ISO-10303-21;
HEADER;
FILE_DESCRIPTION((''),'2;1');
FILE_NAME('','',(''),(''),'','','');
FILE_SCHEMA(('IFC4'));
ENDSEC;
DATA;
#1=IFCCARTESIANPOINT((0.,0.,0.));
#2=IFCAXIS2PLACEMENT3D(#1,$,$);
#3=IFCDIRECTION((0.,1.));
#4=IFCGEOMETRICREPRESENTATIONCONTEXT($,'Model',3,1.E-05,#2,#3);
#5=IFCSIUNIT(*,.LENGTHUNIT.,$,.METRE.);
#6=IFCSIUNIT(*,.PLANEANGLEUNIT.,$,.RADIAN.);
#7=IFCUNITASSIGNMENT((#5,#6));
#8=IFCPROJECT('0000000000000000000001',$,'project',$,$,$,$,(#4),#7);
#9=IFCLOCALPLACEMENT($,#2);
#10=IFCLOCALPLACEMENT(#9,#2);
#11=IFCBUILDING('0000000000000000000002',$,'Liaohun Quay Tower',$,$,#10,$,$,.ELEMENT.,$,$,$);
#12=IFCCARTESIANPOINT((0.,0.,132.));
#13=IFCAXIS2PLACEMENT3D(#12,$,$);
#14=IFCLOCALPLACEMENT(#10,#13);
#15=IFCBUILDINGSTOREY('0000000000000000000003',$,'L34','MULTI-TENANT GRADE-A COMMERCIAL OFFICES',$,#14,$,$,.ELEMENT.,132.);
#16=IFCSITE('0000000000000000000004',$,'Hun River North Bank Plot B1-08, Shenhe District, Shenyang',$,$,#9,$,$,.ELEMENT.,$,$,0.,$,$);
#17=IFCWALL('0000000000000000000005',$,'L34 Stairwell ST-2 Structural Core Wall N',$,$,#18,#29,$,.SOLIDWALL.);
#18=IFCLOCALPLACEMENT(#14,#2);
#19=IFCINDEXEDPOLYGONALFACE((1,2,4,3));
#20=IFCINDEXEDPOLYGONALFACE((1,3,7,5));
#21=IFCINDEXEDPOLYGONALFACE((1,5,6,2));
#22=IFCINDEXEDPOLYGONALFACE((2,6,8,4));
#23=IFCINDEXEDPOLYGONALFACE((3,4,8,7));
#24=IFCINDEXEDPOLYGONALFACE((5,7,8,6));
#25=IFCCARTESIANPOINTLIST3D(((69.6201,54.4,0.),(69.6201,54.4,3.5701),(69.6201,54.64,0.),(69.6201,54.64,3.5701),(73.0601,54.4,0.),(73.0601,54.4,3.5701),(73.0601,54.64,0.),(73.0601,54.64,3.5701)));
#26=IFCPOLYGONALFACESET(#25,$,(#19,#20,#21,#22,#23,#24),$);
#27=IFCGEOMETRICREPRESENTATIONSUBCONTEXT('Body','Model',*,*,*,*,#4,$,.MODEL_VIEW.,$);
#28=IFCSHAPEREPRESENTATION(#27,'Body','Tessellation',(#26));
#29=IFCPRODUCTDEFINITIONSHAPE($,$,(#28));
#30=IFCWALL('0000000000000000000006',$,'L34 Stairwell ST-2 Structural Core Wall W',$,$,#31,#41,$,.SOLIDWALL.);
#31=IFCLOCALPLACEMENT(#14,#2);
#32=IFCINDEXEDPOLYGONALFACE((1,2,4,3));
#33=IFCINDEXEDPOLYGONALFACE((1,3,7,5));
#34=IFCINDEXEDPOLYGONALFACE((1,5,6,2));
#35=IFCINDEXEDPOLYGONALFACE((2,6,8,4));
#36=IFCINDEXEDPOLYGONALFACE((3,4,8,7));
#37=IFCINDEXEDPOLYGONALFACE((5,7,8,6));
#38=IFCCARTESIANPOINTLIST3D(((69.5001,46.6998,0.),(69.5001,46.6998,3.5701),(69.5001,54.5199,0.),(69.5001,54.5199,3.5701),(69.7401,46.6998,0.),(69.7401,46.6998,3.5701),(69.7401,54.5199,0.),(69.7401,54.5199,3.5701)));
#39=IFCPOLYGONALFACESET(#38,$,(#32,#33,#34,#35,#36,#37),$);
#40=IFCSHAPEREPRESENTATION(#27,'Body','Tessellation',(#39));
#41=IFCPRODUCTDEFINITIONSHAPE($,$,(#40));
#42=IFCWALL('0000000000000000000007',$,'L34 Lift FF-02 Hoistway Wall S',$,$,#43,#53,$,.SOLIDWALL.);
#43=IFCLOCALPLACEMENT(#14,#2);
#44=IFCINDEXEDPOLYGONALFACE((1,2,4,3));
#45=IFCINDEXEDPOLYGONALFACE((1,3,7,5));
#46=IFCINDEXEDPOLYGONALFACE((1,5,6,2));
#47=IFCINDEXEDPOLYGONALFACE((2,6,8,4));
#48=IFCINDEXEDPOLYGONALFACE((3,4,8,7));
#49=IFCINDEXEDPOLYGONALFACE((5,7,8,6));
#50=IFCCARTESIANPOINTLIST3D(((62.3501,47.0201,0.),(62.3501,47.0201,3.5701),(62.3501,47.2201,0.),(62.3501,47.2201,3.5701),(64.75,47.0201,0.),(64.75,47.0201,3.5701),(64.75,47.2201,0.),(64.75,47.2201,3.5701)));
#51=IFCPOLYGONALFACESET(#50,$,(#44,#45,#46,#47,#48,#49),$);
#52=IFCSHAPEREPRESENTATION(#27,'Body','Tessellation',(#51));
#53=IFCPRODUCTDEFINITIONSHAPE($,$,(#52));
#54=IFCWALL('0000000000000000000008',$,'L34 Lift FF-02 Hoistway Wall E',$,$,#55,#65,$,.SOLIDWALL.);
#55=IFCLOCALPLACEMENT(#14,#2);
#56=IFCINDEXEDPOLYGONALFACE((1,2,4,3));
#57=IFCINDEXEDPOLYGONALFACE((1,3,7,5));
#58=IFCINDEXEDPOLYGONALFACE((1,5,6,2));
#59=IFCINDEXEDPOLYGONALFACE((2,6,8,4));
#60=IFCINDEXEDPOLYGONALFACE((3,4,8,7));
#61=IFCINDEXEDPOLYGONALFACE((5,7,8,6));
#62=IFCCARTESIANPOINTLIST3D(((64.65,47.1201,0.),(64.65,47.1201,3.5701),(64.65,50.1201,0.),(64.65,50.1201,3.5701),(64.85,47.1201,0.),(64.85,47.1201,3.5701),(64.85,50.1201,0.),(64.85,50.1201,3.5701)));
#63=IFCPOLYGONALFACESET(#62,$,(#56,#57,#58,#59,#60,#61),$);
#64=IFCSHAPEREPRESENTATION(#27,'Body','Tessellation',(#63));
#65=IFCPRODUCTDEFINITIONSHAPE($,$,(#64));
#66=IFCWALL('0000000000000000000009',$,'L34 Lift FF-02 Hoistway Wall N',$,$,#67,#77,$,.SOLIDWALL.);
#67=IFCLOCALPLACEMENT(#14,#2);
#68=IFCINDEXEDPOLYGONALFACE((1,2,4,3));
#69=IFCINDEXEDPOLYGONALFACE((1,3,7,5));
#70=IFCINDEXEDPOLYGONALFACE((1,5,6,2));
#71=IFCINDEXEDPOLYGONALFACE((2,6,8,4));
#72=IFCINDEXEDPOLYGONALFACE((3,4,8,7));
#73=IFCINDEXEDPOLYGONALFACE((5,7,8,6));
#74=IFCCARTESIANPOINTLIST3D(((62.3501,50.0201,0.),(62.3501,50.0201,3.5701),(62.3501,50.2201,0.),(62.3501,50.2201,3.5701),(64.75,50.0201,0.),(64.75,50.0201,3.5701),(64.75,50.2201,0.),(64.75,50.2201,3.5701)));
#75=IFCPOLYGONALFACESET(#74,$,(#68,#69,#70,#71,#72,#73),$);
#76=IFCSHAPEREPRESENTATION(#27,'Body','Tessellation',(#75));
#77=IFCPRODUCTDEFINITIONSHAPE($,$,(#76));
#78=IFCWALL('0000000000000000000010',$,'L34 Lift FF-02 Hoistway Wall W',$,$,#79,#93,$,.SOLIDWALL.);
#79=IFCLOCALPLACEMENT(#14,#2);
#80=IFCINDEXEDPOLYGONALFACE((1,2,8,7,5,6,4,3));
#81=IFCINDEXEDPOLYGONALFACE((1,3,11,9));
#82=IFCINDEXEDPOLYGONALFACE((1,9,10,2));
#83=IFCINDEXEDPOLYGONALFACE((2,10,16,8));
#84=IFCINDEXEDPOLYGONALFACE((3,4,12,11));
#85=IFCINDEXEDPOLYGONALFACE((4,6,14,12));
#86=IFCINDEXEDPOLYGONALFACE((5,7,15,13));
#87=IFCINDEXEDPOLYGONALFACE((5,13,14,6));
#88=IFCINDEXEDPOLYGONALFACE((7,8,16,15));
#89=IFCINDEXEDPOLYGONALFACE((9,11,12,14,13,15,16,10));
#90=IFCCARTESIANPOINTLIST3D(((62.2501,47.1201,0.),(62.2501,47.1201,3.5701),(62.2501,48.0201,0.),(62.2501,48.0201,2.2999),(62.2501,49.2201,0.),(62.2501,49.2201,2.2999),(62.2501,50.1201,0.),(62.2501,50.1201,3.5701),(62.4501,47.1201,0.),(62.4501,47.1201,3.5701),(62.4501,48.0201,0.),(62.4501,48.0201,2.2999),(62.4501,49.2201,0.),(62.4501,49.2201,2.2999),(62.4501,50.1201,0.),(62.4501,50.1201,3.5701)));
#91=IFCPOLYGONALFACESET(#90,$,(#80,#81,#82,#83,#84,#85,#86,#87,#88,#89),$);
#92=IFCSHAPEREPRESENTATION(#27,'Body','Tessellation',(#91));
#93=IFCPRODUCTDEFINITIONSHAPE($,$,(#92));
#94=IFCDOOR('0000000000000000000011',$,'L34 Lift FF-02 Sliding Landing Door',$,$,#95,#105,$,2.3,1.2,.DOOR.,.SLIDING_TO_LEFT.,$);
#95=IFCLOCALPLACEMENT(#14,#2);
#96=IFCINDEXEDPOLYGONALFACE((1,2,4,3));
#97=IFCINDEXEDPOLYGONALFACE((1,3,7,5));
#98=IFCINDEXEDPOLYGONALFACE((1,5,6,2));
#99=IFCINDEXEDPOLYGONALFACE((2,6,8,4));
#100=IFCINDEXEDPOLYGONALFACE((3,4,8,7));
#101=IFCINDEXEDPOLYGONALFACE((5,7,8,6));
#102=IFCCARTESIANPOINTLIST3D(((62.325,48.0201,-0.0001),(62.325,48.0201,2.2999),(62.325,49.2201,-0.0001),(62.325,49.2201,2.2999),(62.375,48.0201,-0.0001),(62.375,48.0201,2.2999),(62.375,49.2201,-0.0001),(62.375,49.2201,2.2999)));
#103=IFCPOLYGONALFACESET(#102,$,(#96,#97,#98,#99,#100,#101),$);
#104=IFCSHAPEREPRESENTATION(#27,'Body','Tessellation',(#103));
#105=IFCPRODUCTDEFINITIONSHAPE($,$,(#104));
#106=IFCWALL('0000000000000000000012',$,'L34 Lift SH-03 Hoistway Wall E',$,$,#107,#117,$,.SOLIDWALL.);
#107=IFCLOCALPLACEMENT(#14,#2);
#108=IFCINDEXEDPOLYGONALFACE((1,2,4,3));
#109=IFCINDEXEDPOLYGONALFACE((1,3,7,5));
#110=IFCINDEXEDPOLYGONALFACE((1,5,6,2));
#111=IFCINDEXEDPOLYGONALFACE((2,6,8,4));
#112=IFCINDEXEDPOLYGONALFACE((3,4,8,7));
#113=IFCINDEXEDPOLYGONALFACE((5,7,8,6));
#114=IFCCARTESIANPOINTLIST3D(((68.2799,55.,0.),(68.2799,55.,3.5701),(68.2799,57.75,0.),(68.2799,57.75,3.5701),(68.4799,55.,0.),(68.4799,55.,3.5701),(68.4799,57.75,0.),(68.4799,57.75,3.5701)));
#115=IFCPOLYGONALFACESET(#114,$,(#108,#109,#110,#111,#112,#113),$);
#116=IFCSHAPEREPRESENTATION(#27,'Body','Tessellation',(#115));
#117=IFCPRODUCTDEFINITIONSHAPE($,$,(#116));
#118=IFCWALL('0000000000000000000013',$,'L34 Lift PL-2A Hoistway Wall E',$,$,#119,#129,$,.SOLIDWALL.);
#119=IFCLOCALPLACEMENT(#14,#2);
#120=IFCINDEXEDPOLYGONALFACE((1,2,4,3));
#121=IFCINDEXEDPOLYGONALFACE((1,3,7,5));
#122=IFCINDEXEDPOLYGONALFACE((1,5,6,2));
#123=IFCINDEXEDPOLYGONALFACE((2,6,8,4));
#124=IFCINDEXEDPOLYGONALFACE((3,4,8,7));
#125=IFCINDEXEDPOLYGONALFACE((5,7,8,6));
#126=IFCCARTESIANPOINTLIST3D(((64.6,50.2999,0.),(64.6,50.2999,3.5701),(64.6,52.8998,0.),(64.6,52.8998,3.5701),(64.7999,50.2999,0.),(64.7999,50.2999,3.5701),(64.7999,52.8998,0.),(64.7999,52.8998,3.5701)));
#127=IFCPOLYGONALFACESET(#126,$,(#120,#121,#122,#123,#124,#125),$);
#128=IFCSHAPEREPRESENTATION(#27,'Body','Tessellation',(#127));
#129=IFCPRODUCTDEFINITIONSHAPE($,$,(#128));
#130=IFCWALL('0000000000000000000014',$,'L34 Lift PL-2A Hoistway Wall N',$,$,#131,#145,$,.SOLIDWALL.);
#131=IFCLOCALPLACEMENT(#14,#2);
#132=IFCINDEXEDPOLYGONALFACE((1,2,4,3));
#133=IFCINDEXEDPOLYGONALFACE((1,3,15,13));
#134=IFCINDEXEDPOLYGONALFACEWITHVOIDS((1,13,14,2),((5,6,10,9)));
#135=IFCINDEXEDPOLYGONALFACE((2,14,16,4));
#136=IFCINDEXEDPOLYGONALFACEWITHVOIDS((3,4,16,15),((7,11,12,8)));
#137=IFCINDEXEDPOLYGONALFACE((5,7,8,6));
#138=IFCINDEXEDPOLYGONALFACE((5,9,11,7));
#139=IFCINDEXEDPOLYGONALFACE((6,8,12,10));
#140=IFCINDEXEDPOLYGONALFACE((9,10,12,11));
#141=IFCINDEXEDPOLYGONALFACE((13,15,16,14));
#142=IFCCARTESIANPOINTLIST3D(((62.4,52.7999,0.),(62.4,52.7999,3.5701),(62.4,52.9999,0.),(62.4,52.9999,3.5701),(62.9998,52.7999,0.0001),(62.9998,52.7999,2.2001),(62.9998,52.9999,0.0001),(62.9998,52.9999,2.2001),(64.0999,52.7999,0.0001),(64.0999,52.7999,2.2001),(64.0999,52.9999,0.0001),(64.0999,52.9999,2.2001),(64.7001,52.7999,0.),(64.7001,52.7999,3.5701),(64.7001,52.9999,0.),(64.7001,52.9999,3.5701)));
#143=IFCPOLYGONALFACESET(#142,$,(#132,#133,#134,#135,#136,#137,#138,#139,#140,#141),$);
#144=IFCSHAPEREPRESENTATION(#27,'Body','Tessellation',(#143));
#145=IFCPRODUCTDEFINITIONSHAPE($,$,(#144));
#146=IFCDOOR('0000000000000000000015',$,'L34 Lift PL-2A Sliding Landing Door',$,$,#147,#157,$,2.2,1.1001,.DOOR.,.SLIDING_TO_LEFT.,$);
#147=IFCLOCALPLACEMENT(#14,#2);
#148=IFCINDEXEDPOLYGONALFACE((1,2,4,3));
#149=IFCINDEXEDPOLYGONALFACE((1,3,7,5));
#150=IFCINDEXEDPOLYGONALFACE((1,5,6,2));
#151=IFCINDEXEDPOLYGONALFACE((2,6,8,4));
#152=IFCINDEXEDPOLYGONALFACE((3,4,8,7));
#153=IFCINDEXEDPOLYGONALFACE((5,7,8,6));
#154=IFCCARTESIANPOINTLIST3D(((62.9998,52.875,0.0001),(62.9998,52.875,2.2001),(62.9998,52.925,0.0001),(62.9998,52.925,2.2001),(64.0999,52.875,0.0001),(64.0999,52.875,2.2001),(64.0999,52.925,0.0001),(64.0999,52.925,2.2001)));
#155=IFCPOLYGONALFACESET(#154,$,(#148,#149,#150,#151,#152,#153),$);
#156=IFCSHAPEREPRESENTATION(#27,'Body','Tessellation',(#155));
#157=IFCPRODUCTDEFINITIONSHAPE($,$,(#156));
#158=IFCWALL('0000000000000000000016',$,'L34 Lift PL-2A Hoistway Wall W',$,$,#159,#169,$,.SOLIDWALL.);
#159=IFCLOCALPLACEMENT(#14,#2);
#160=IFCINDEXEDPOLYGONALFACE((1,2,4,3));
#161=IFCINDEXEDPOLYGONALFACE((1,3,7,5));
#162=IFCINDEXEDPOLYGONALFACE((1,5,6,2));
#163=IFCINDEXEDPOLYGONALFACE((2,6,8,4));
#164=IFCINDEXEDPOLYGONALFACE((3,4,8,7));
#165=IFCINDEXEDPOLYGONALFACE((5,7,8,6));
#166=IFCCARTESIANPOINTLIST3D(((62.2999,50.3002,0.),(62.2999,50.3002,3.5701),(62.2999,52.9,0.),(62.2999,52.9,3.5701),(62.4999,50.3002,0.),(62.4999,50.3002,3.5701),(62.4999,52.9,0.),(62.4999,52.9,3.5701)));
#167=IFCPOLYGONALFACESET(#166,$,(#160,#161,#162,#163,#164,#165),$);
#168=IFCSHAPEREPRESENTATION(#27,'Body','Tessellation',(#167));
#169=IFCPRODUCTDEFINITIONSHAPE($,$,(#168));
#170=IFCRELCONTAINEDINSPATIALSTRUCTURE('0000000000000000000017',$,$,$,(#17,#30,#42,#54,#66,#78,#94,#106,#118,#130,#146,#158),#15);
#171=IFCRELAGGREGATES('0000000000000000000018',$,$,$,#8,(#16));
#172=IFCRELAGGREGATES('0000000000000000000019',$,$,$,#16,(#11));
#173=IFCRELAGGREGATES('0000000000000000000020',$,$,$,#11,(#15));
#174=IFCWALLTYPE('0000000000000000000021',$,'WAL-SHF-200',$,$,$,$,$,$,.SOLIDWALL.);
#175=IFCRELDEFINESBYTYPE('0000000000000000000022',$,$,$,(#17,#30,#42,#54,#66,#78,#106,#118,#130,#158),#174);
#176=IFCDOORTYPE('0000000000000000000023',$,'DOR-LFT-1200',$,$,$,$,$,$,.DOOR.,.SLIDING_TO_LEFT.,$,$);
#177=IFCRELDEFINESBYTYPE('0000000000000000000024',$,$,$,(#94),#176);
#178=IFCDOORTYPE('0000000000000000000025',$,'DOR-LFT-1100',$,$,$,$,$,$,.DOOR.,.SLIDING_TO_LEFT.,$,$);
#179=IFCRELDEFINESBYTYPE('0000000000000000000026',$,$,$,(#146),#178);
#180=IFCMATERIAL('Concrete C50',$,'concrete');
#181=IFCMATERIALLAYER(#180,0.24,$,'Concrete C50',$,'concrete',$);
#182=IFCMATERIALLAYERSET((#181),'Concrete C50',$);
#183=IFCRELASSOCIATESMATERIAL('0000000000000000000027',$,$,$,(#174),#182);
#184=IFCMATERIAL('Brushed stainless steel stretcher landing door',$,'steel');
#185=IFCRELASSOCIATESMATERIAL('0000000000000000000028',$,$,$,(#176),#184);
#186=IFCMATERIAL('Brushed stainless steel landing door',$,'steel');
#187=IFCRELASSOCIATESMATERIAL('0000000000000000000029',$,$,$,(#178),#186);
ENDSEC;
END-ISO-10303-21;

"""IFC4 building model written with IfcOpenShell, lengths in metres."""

from ifc_helpers import new_model, si_unit, direction, frame, frame_2d, origin, place, context, subcontext, project, spatial, rectangle, extrude, source, transform, mapped, material, layer, layer_set, type_object, element, fill, save


model = new_model("IFC4")

# Units and contexts
model_context = context("Model", 3, precision=1e-05, world=origin(), true_north=direction((0.0, 1.0)))
body_context = subcontext(model_context, "Body", "Model", "MODEL_VIEW")
ifc_project = project(units=[si_unit("LENGTHUNIT", "METRE"), si_unit("PLANEANGLEUNIT", "RADIAN")], contexts=[model_context])

# Site, building, storey
site_placement = place(None, origin())
site = spatial("IfcSite", under=ifc_project, at=site_placement, Name="Hun River North Bank Plot B1-08, Shenhe District, Shenyang", CompositionType="ELEMENT", RefElevation=0.0)
building_placement = place(site_placement, origin())
building = spatial("IfcBuilding", under=site, at=building_placement, Name="Liaohun Quay Tower", CompositionType="ELEMENT")
storey_placement = place(building_placement, frame((0.0, 0.0, 132.0)))
storey = spatial("IfcBuildingStorey", under=building, at=storey_placement, Name="L34", Description="MULTI-TENANT GRADE-A COMMERCIAL OFFICES", CompositionType="ELEMENT", Elevation=132.0)

# Walls
ifc_material_1 = material(Name="Concrete C50", Category="concrete")
ifc_layer_1 = layer(ifc_material_1, 0.24, Name="Concrete C50", Category="concrete")
ifc_layer_set_1 = layer_set([ifc_layer_1], Name="Concrete C50")
wall_type_1 = type_object("IfcWallType", Name="WAL-SHF-200", PredefinedType="SOLIDWALL", material=ifc_layer_set_1)
wall_1_placement = place(storey_placement, frame((73.0601, 54.52, 0.0), z_axis=(0.0, 0.0, 1.0), x_axis=(-1.0, 0.0, 0.0)))
element("IfcWall", 1, at=wall_1_placement, inside=storey, type_object=wall_type_1, Name="L34 Stairwell ST-2 Structural Core Wall N", PredefinedType="SOLIDWALL", context=body_context, shape_type="SweptSolid", body=[
    extrude(rectangle(XDim=3.4399, YDim=0.24, at=frame_2d((1.72, 0.0))), origin(), (0.0, 0.0, 1.0), 3.5701),
])
wall_2_placement = place(storey_placement, frame((69.6201, 54.52, 0.0), z_axis=(0.0, 0.0, 1.0), x_axis=(0.0, -1.0, 0.0)))
element("IfcWall", 2, at=wall_2_placement, inside=storey, type_object=wall_type_1, Name="L34 Stairwell ST-2 Structural Core Wall W", PredefinedType="SOLIDWALL", context=body_context, shape_type="SweptSolid", body=[
    extrude(rectangle(XDim=7.8201, YDim=0.24, at=frame_2d((3.9102, 0.0))), origin(), (0.0, 0.0, 1.0), 3.5701),
])
wall_3_placement = place(storey_placement, frame((62.3501, 47.1201, 0.0), z_axis=(0.0, 0.0, 1.0), x_axis=(1.0, 0.0, 0.0)))
element("IfcWall", 3, at=wall_3_placement, inside=storey, type_object=wall_type_1, Name="L34 Lift FF-02 Hoistway Wall S", PredefinedType="SOLIDWALL", context=body_context, shape_type="SweptSolid", body=[
    extrude(rectangle(XDim=2.3999, YDim=0.2, at=frame_2d((1.2, 0.0))), origin(), (0.0, 0.0, 1.0), 3.5701),
])
wall_4_placement = place(storey_placement, frame((64.75, 47.1201, 0.0), z_axis=(0.0, 0.0, 1.0), x_axis=(0.0, 1.0, 0.0)))
element("IfcWall", 4, at=wall_4_placement, inside=storey, type_object=wall_type_1, Name="L34 Lift FF-02 Hoistway Wall E", PredefinedType="SOLIDWALL", context=body_context, shape_type="SweptSolid", body=[
    extrude(rectangle(XDim=3.0, YDim=0.2, at=frame_2d((1.5, 0.0))), origin(), (0.0, 0.0, 1.0), 3.5701),
])
wall_5_placement = place(storey_placement, frame((64.75, 50.1201, 0.0), z_axis=(0.0, 0.0, 1.0), x_axis=(-1.0, 0.0, 0.0)))
element("IfcWall", 5, at=wall_5_placement, inside=storey, type_object=wall_type_1, Name="L34 Lift FF-02 Hoistway Wall N", PredefinedType="SOLIDWALL", context=body_context, shape_type="SweptSolid", body=[
    extrude(rectangle(XDim=2.3999, YDim=0.2, at=frame_2d((1.2, 0.0))), origin(), (0.0, 0.0, 1.0), 3.5701),
])

# Wall, opening, door
wall_6_placement = place(storey_placement, frame((62.3501, 50.1201, 0.0), z_axis=(0.0, 0.0, 1.0), x_axis=(0.0, -1.0, 0.0)))
wall_6 = element("IfcWall", 6, at=wall_6_placement, inside=storey, type_object=wall_type_1, Name="L34 Lift FF-02 Hoistway Wall W", PredefinedType="SOLIDWALL", context=body_context, shape_type="SweptSolid", body=[
    extrude(rectangle(XDim=3.0, YDim=0.2, at=frame_2d((1.5, 0.0))), origin(), (0.0, 0.0, 1.0), 3.5701),
])
shared_shape_1 = source(origin(), body_context, "Body", "SweptSolid", [
    extrude(rectangle(XDim=1.2, YDim=2.3, at=frame_2d((0.6001, 1.1499))), frame((0.0, 0.1099, 0.0), z_axis=(0.0, -1.0, 0.0), x_axis=(1.0, 0.0, 0.0)), (0.0, 0.0, 1.0), 0.22),
])
opening_1_placement = place(wall_6_placement, frame((0.8999, 0.0, 0.0)))
opening_1 = element("IfcOpeningElement", 7, at=opening_1_placement, cuts=wall_6, PredefinedType="OPENING", context=body_context, shape_type="MappedRepresentation", body=[
    mapped(shared_shape_1, transform((0.0, 0.0, 0.0), x_axis=(1.0, 0.0, 0.0), y_axis=(0.0, 1.0, 0.0), z_axis=(0.0, 0.0, 1.0), scale=1.0)),
])
ifc_material_2 = material(Name="Brushed stainless steel stretcher landing door", Category="steel")
door_type_1 = type_object("IfcDoorType", Name="DOR-LFT-1200", OperationType="SLIDING_TO_LEFT", PredefinedType="DOOR", material=ifc_material_2)
shared_shape_2 = source(origin(), body_context, "Body", "SweptSolid", [
    extrude(rectangle(XDim=1.2, YDim=2.3, at=frame_2d((0.6001, 1.1499))), frame((0.0, 0.0249, 0.0), z_axis=(0.0, -1.0, 0.0), x_axis=(1.0, 0.0, 0.0)), (0.0, 0.0, 1.0), 0.05),
])
door_1_placement = place(opening_1_placement, origin())
door_1 = element("IfcDoor", 8, at=door_1_placement, inside=storey, type_object=door_type_1, Name="L34 Lift FF-02 Sliding Landing Door", OperationType="SLIDING_TO_LEFT", OverallHeight=2.3, OverallWidth=1.2, PredefinedType="DOOR", context=body_context, shape_type="MappedRepresentation", body=[
    mapped(shared_shape_2, transform((0.0, 0.0, 0.0), x_axis=(1.0, 0.0, 0.0), y_axis=(0.0, 1.0, 0.0), z_axis=(0.0, 0.0, 1.0), scale=1.0)),
])
fill(opening_1, door_1)

# Walls
wall_7_placement = place(storey_placement, frame((68.3799, 55.0, 0.0), z_axis=(0.0, 0.0, 1.0), x_axis=(0.0, 1.0, 0.0)))
element("IfcWall", 9, at=wall_7_placement, inside=storey, type_object=wall_type_1, Name="L34 Lift SH-03 Hoistway Wall E", PredefinedType="SOLIDWALL", context=body_context, shape_type="SweptSolid", body=[
    extrude(rectangle(XDim=2.75, YDim=0.2, at=frame_2d((1.375, 0.0))), origin(), (0.0, 0.0, 1.0), 3.5701),
])
wall_8_placement = place(storey_placement, frame((64.7, 50.3, 0.0), z_axis=(0.0, 0.0, 1.0), x_axis=(0.0, 1.0, 0.0)))
element("IfcWall", 10, at=wall_8_placement, inside=storey, type_object=wall_type_1, Name="L34 Lift PL-2A Hoistway Wall E", PredefinedType="SOLIDWALL", context=body_context, shape_type="SweptSolid", body=[
    extrude(rectangle(XDim=2.5999, YDim=0.2, at=frame_2d((1.2998, 0.0))), origin(), (0.0, 0.0, 1.0), 3.5701),
])

# Wall, opening, door
wall_9_placement = place(storey_placement, frame((64.7, 52.8999, 0.0), z_axis=(0.0, 0.0, 1.0), x_axis=(-1.0, 0.0, 0.0)))
wall_9 = element("IfcWall", 11, at=wall_9_placement, inside=storey, type_object=wall_type_1, Name="L34 Lift PL-2A Hoistway Wall N", PredefinedType="SOLIDWALL", context=body_context, shape_type="SweptSolid", body=[
    extrude(rectangle(XDim=2.3, YDim=0.2, at=frame_2d((1.1499, 0.0))), origin(), (0.0, 0.0, 1.0), 3.5701),
])
shared_shape_3 = source(origin(), body_context, "Body", "SweptSolid", [
    extrude(rectangle(XDim=1.1001, YDim=2.2, at=frame_2d((0.55, 1.1001))), frame((0.0, 0.1099, 0.0), z_axis=(0.0, -1.0, 0.0), x_axis=(1.0, 0.0, 0.0)), (0.0, 0.0, 1.0), 0.22),
])
opening_2_placement = place(wall_9_placement, frame((0.6001, 0.0, 0.0)))
opening_2 = element("IfcOpeningElement", 12, at=opening_2_placement, cuts=wall_9, PredefinedType="OPENING", context=body_context, shape_type="MappedRepresentation", body=[
    mapped(shared_shape_3, transform((0.0, 0.0, 0.0), x_axis=(1.0, 0.0, 0.0), y_axis=(0.0, 1.0, 0.0), z_axis=(0.0, 0.0, 1.0), scale=1.0)),
])
ifc_material_3 = material(Name="Brushed stainless steel landing door", Category="steel")
door_type_2 = type_object("IfcDoorType", Name="DOR-LFT-1100", OperationType="SLIDING_TO_LEFT", PredefinedType="DOOR", material=ifc_material_3)
shared_shape_4 = source(origin(), body_context, "Body", "SweptSolid", [
    extrude(rectangle(XDim=1.1001, YDim=2.2, at=frame_2d((0.55, 1.1001))), frame((0.0, 0.0249, 0.0), z_axis=(0.0, -1.0, 0.0), x_axis=(1.0, 0.0, 0.0)), (0.0, 0.0, 1.0), 0.05),
])
door_2_placement = place(opening_2_placement, origin())
door_2 = element("IfcDoor", 13, at=door_2_placement, inside=storey, type_object=door_type_2, Name="L34 Lift PL-2A Sliding Landing Door", OperationType="SLIDING_TO_LEFT", OverallHeight=2.2, OverallWidth=1.1001, PredefinedType="DOOR", context=body_context, shape_type="MappedRepresentation", body=[
    mapped(shared_shape_4, transform((0.0, 0.0, 0.0), x_axis=(1.0, 0.0, 0.0), y_axis=(0.0, 1.0, 0.0), z_axis=(0.0, 0.0, 1.0), scale=1.0)),
])
fill(opening_2, door_2)

# Wall
wall_10_placement = place(storey_placement, frame((62.3999, 52.8999, 0.0), z_axis=(0.0, 0.0, 1.0), x_axis=(0.0, -1.0, 0.0)))
element("IfcWall", 14, at=wall_10_placement, inside=storey, type_object=wall_type_1, Name="L34 Lift PL-2A Hoistway Wall W", PredefinedType="SOLIDWALL", context=body_context, shape_type="SweptSolid", body=[
    extrude(rectangle(XDim=2.5999, YDim=0.2, at=frame_2d((1.2998, 0.0))), origin(), (0.0, 0.0, 1.0), 3.5701),
])

save(model, "model.ifc")
